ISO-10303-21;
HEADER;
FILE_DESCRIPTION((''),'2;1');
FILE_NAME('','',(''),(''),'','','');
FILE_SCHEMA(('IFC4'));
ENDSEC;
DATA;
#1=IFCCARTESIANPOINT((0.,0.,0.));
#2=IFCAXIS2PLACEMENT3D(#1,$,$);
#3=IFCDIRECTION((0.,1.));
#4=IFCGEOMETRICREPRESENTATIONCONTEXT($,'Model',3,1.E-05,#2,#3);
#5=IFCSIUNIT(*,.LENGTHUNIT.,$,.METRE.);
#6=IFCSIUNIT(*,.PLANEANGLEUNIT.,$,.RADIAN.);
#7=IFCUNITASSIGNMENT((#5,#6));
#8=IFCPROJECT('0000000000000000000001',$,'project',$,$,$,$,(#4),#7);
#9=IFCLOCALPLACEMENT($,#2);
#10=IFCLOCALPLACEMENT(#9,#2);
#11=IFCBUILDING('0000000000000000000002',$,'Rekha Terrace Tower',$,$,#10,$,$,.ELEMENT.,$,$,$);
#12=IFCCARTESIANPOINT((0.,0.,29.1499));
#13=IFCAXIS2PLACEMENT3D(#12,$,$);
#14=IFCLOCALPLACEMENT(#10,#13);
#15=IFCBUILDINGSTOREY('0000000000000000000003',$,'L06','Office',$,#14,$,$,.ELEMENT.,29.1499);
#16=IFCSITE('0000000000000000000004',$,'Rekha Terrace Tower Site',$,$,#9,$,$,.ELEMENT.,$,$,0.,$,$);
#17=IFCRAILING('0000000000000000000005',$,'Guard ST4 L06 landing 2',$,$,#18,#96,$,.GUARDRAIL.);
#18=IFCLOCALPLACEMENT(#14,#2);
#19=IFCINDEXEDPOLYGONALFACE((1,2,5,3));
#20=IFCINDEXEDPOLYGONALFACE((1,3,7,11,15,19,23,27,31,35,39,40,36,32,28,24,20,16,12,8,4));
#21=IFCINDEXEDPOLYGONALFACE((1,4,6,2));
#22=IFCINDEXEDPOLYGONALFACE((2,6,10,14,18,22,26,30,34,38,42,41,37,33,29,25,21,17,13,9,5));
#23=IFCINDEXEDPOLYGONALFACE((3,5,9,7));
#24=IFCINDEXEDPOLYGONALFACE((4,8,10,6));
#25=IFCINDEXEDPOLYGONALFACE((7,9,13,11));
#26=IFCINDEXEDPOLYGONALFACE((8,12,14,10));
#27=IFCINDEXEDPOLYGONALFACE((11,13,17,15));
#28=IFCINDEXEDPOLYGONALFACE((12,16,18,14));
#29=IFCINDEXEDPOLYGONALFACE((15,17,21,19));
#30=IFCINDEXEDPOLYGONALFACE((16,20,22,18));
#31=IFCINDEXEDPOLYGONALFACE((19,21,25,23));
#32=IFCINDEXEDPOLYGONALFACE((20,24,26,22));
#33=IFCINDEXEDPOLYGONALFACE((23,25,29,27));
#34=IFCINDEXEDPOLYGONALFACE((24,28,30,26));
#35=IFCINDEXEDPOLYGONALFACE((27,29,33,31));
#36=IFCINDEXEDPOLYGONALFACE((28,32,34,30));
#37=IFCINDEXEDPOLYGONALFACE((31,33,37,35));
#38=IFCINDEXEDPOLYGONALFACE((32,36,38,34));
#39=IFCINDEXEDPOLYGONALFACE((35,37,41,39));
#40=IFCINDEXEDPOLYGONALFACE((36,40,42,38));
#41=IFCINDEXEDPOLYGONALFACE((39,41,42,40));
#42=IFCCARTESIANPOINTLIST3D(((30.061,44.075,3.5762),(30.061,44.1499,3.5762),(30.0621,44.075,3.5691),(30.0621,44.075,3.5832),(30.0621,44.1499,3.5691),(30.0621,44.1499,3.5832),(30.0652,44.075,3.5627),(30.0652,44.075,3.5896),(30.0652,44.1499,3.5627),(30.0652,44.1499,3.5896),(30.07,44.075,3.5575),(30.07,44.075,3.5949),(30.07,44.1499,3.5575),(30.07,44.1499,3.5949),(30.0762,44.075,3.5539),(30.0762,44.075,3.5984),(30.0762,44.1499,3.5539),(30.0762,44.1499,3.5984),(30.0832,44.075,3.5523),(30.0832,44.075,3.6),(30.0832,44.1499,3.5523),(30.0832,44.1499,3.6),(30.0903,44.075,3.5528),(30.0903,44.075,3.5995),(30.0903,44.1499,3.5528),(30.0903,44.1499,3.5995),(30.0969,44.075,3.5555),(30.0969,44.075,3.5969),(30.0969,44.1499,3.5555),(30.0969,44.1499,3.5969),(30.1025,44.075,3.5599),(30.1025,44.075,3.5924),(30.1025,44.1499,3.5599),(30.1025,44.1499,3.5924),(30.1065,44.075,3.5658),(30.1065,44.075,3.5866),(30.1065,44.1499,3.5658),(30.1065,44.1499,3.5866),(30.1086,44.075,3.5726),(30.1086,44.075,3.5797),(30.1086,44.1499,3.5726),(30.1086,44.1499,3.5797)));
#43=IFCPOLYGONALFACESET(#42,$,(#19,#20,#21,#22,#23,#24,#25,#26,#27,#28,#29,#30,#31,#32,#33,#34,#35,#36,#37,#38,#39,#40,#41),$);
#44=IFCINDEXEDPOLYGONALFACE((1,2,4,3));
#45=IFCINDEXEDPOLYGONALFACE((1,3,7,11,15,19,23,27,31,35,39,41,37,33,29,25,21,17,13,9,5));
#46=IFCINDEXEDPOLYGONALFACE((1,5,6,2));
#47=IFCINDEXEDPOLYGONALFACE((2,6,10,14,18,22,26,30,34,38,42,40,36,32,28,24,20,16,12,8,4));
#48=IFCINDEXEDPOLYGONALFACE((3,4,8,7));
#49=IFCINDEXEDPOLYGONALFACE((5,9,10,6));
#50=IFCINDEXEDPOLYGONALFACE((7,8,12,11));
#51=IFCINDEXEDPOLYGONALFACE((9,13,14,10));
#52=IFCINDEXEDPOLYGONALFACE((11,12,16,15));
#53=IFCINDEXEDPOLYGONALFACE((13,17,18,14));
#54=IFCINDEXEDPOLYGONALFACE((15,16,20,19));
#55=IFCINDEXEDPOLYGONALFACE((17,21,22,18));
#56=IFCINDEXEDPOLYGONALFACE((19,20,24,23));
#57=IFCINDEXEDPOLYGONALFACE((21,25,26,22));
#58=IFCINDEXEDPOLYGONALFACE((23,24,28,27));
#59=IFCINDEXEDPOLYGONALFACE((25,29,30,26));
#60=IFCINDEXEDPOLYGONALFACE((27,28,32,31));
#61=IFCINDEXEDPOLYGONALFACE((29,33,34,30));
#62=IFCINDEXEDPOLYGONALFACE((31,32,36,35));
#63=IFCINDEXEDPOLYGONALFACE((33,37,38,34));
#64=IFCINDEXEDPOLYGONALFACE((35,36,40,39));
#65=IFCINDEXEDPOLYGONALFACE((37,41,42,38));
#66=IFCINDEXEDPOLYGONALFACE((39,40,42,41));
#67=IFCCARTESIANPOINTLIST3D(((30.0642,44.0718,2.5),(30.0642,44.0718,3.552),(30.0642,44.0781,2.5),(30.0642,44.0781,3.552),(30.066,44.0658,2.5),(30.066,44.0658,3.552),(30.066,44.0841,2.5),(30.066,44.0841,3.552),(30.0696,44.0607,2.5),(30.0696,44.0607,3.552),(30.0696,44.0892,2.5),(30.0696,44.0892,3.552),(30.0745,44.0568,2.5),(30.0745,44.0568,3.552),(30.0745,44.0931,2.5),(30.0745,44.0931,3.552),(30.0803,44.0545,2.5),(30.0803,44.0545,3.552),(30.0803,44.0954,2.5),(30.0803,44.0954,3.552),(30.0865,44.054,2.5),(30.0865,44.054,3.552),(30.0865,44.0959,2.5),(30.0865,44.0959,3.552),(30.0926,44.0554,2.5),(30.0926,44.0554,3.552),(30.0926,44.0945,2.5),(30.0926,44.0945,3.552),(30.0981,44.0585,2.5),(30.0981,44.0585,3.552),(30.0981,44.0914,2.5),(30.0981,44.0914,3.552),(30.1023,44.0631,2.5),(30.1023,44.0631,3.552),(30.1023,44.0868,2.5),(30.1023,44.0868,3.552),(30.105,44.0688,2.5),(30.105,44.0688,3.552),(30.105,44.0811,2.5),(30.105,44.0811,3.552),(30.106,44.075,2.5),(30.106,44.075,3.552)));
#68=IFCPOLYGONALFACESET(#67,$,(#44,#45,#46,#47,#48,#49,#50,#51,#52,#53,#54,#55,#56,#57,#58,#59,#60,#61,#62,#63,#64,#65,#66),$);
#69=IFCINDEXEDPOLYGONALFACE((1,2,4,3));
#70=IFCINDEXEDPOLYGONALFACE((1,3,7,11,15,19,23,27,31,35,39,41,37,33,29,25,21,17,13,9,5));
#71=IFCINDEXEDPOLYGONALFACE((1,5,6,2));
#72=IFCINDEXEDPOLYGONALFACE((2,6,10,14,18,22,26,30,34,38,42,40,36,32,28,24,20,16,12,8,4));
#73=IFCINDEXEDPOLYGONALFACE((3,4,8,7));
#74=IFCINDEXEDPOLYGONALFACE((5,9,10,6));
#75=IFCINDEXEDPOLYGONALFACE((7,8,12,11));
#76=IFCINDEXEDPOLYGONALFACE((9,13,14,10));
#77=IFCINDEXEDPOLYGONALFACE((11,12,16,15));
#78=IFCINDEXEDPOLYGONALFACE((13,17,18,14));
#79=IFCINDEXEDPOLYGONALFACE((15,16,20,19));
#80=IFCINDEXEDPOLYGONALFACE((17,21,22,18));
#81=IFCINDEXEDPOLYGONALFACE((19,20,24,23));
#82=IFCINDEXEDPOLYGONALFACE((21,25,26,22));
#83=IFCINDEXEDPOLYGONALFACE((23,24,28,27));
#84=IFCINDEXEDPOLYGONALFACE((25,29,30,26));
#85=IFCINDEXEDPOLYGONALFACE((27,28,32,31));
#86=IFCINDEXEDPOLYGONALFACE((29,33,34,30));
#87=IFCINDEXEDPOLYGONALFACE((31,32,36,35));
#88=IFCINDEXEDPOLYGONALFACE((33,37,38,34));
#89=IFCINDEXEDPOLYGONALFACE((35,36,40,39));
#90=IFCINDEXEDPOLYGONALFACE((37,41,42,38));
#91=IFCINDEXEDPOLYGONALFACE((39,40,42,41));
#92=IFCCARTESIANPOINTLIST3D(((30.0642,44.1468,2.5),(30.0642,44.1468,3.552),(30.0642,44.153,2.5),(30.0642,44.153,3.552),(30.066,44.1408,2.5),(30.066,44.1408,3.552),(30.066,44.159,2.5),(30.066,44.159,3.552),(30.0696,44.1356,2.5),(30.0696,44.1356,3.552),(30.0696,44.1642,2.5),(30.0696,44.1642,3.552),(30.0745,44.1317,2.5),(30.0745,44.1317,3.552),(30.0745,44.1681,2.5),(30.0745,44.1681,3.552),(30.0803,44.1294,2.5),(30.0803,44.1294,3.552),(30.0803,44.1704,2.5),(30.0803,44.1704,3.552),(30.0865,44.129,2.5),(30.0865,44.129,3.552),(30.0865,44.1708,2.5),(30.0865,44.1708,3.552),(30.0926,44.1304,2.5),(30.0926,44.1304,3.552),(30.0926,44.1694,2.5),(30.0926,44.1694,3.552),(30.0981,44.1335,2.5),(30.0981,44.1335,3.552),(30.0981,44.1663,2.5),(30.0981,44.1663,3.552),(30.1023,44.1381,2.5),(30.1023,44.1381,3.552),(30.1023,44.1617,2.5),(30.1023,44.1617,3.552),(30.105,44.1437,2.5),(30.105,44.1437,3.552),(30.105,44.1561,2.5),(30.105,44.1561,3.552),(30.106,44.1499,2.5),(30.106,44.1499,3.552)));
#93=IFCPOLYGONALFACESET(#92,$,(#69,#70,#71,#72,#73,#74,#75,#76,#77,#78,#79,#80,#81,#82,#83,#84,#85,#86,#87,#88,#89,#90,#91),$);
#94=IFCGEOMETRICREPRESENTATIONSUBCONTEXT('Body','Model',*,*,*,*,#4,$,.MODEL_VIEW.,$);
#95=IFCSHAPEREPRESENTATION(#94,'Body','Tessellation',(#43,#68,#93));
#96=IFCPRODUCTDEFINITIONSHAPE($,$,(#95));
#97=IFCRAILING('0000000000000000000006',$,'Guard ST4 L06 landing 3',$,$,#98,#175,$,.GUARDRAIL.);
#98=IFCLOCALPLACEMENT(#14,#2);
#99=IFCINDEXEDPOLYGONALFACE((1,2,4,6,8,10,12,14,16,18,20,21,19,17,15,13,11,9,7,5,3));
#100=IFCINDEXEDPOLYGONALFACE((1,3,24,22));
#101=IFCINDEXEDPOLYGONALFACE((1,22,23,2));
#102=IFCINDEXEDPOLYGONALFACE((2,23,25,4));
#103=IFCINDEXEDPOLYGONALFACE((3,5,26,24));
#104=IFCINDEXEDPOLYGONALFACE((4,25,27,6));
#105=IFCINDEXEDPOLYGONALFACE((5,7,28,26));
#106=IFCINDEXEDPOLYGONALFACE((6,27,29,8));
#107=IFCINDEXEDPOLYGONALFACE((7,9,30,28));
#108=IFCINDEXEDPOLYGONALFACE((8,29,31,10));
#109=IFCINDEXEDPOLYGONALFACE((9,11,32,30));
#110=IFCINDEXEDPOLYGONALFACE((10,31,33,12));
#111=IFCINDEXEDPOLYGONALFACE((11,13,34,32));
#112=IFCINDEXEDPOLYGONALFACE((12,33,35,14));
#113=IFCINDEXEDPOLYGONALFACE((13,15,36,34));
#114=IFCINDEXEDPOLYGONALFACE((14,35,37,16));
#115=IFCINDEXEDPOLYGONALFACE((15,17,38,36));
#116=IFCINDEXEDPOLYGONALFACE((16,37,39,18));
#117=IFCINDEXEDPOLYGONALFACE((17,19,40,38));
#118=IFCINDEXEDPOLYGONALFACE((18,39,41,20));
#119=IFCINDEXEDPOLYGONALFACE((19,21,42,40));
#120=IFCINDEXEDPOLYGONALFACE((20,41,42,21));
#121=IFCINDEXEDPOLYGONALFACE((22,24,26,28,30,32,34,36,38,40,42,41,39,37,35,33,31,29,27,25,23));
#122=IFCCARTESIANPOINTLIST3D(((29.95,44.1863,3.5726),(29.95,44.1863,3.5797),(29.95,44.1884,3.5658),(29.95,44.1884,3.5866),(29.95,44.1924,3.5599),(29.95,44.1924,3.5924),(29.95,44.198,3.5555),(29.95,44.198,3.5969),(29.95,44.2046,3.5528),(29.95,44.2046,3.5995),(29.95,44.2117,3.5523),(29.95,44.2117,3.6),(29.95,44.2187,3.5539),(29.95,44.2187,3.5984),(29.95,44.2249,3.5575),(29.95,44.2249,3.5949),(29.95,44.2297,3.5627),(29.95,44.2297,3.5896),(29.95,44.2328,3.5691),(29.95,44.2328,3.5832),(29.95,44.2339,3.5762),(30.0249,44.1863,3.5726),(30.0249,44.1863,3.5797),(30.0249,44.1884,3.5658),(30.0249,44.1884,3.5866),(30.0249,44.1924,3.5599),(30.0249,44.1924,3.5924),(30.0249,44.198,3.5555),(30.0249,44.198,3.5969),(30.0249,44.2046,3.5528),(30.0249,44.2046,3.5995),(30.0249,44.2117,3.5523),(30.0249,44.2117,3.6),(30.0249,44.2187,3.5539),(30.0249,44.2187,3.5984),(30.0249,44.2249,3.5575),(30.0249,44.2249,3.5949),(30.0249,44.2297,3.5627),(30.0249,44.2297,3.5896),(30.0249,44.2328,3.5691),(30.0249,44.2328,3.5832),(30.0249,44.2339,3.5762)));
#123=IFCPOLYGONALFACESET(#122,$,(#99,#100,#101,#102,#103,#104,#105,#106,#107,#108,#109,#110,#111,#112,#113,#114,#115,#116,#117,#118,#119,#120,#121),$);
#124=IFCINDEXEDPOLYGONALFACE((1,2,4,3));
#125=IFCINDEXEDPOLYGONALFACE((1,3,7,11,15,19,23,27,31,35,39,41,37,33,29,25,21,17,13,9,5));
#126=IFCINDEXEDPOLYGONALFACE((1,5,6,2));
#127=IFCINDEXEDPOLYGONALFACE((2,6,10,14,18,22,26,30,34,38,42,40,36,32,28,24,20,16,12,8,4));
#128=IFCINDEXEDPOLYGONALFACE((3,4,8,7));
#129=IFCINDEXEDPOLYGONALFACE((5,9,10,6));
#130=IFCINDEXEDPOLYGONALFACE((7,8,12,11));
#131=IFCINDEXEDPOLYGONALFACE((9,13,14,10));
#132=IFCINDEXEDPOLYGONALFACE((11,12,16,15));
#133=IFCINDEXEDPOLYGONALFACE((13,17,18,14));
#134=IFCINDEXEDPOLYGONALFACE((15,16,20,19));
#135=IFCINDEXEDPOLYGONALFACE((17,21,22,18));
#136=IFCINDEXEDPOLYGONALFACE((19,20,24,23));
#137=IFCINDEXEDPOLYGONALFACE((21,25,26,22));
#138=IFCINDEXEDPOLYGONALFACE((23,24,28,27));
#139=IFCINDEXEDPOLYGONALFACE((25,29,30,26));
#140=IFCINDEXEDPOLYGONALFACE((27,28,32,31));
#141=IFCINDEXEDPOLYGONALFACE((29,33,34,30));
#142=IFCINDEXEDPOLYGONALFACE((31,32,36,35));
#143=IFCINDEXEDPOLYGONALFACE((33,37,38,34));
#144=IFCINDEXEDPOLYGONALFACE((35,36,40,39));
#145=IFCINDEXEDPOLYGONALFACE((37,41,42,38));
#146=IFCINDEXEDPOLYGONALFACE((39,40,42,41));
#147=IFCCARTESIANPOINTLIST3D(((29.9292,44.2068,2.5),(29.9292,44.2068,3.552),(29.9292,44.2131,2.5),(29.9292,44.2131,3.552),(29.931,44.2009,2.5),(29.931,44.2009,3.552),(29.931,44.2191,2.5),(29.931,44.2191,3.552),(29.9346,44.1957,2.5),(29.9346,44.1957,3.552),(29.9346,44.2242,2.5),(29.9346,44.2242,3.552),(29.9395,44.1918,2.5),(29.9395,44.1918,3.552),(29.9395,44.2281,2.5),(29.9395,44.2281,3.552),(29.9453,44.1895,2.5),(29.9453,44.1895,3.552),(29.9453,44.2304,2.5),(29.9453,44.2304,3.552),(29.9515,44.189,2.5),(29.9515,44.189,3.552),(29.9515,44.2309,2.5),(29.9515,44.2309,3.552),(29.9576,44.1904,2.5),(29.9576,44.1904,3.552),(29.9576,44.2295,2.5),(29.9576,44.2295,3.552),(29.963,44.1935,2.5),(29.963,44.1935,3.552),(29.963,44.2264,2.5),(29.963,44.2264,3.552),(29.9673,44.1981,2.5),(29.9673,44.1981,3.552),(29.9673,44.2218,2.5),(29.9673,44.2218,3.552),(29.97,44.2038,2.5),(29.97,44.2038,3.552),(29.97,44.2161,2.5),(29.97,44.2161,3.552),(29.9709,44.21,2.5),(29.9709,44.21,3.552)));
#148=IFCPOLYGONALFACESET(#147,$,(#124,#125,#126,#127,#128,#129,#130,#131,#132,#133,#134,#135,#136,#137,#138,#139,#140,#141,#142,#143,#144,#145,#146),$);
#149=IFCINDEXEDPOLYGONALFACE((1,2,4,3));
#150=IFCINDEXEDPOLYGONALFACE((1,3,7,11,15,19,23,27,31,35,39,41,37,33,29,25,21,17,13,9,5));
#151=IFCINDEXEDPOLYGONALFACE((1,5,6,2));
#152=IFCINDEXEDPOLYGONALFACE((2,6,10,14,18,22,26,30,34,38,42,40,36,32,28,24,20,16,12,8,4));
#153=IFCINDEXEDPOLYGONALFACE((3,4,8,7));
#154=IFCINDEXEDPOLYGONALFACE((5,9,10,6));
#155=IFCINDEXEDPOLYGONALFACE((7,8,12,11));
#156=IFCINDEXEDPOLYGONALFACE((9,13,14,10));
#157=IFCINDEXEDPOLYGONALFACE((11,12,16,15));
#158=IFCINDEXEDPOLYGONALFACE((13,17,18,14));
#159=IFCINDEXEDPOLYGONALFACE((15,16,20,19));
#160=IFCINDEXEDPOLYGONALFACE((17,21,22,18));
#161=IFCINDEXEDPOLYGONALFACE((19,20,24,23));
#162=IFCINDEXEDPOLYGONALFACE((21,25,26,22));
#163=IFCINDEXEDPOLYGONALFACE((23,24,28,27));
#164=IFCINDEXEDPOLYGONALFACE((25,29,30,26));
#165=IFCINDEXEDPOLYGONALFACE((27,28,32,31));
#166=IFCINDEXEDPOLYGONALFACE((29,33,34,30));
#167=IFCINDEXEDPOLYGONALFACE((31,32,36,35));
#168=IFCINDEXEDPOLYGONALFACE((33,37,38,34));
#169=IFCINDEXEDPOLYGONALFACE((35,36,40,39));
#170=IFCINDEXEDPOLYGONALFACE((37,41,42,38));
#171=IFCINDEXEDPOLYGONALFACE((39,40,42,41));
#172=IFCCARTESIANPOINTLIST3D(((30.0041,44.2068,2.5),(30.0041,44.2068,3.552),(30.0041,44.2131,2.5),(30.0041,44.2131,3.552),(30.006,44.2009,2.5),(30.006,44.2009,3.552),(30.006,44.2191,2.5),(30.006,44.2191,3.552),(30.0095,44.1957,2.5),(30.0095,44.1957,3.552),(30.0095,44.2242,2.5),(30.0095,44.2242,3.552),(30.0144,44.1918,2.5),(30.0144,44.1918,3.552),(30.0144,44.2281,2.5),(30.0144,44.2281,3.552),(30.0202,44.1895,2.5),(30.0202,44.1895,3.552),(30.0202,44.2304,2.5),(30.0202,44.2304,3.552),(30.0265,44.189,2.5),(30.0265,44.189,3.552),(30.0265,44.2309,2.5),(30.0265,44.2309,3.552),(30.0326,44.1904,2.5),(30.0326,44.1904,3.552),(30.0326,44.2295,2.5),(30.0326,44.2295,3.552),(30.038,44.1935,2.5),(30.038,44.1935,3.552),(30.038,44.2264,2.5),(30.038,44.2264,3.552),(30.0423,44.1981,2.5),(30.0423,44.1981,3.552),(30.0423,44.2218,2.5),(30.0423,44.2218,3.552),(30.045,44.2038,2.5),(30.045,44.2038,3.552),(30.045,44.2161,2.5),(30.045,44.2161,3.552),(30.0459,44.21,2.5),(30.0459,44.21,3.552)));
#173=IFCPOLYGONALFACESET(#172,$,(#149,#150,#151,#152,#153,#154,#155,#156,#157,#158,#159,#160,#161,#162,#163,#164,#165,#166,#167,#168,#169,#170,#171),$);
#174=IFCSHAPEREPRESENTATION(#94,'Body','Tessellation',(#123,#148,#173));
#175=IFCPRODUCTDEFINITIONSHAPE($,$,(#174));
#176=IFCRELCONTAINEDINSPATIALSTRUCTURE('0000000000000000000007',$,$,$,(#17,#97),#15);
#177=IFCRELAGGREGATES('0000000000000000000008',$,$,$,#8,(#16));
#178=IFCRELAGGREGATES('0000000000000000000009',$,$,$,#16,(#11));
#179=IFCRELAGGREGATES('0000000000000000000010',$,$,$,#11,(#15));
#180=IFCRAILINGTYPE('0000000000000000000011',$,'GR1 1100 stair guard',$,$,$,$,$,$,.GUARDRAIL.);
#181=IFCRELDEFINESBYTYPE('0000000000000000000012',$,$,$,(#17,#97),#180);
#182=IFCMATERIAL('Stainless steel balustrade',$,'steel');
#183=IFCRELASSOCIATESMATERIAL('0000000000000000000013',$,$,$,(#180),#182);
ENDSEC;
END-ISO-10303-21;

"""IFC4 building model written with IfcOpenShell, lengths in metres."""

from ifc_helpers import new_model, si_unit, direction, frame, origin, origin_2d, place, context, subcontext, project, spatial, circle, extrude, material, type_object, element, save


model = new_model("IFC4")

# Units and contexts
model_context = context("Model", 3, precision=1e-05, world=origin(), true_north=direction((0.0, 1.0)))
body_context = subcontext(model_context, "Body", "Model", "MODEL_VIEW")
ifc_project = project(units=[si_unit("LENGTHUNIT", "METRE"), si_unit("PLANEANGLEUNIT", "RADIAN")], contexts=[model_context])

# Site, building, storey
site_placement = place(None, origin())
site = spatial("IfcSite", under=ifc_project, at=site_placement, Name="Rekha Terrace Tower Site", CompositionType="ELEMENT", RefElevation=0.0)
building_placement = place(site_placement, origin())
building = spatial("IfcBuilding", under=site, at=building_placement, Name="Rekha Terrace Tower", CompositionType="ELEMENT")
storey_placement = place(building_placement, frame((0.0, 0.0, 29.1499)))
storey = spatial("IfcBuildingStorey", under=building, at=storey_placement, Name="L06", Description="Office", CompositionType="ELEMENT", Elevation=29.1499)

# Railings
ifc_material_1 = material(Name="Stainless steel balustrade", Category="steel")
railing_type_1 = type_object("IfcRailingType", Name="GR1 1100 stair guard", PredefinedType="GUARDRAIL", material=ifc_material_1)
railing_1_placement = place(storey_placement, frame((30.085, 44.075, 2.5)))
element("IfcRailing", 1, at=railing_1_placement, inside=storey, type_object=railing_type_1, Name="Guard ST4 L06 landing 2", PredefinedType="GUARDRAIL", context=body_context, shape_type="SweptSolid", body=[
    extrude(circle(Radius=0.0239, at=origin_2d()), frame((0.0, 0.0, 1.0762), z_axis=(0.0, 1.0, 0.0), x_axis=(-1.0, 0.0, 0.0)), (0.0, 0.0, 1.0), 0.075),
    extrude(circle(Radius=0.021, at=origin_2d()), origin(), (0.0, 0.0, 1.0), 1.052),
    extrude(circle(Radius=0.021, at=origin_2d()), frame((0.0, 0.075, 0.0)), (0.0, 0.0, 1.0), 1.052),
])
railing_2_placement = place(storey_placement, frame((29.95, 44.21, 2.5)))
element("IfcRailing", 2, at=railing_2_placement, inside=storey, type_object=railing_type_1, Name="Guard ST4 L06 landing 3", PredefinedType="GUARDRAIL", context=body_context, shape_type="SweptSolid", body=[
    extrude(circle(Radius=0.0239, at=origin_2d()), frame((0.0, 0.0, 1.0762), z_axis=(1.0, 0.0, 0.0), x_axis=(0.0, 1.0, 0.0)), (0.0, 0.0, 1.0), 0.075),
    extrude(circle(Radius=0.021, at=origin_2d()), origin(), (0.0, 0.0, 1.0), 1.052),
    extrude(circle(Radius=0.021, at=origin_2d()), frame((0.075, 0.0, 0.0)), (0.0, 0.0, 1.0), 1.052),
])

save(model, "model.ifc")
